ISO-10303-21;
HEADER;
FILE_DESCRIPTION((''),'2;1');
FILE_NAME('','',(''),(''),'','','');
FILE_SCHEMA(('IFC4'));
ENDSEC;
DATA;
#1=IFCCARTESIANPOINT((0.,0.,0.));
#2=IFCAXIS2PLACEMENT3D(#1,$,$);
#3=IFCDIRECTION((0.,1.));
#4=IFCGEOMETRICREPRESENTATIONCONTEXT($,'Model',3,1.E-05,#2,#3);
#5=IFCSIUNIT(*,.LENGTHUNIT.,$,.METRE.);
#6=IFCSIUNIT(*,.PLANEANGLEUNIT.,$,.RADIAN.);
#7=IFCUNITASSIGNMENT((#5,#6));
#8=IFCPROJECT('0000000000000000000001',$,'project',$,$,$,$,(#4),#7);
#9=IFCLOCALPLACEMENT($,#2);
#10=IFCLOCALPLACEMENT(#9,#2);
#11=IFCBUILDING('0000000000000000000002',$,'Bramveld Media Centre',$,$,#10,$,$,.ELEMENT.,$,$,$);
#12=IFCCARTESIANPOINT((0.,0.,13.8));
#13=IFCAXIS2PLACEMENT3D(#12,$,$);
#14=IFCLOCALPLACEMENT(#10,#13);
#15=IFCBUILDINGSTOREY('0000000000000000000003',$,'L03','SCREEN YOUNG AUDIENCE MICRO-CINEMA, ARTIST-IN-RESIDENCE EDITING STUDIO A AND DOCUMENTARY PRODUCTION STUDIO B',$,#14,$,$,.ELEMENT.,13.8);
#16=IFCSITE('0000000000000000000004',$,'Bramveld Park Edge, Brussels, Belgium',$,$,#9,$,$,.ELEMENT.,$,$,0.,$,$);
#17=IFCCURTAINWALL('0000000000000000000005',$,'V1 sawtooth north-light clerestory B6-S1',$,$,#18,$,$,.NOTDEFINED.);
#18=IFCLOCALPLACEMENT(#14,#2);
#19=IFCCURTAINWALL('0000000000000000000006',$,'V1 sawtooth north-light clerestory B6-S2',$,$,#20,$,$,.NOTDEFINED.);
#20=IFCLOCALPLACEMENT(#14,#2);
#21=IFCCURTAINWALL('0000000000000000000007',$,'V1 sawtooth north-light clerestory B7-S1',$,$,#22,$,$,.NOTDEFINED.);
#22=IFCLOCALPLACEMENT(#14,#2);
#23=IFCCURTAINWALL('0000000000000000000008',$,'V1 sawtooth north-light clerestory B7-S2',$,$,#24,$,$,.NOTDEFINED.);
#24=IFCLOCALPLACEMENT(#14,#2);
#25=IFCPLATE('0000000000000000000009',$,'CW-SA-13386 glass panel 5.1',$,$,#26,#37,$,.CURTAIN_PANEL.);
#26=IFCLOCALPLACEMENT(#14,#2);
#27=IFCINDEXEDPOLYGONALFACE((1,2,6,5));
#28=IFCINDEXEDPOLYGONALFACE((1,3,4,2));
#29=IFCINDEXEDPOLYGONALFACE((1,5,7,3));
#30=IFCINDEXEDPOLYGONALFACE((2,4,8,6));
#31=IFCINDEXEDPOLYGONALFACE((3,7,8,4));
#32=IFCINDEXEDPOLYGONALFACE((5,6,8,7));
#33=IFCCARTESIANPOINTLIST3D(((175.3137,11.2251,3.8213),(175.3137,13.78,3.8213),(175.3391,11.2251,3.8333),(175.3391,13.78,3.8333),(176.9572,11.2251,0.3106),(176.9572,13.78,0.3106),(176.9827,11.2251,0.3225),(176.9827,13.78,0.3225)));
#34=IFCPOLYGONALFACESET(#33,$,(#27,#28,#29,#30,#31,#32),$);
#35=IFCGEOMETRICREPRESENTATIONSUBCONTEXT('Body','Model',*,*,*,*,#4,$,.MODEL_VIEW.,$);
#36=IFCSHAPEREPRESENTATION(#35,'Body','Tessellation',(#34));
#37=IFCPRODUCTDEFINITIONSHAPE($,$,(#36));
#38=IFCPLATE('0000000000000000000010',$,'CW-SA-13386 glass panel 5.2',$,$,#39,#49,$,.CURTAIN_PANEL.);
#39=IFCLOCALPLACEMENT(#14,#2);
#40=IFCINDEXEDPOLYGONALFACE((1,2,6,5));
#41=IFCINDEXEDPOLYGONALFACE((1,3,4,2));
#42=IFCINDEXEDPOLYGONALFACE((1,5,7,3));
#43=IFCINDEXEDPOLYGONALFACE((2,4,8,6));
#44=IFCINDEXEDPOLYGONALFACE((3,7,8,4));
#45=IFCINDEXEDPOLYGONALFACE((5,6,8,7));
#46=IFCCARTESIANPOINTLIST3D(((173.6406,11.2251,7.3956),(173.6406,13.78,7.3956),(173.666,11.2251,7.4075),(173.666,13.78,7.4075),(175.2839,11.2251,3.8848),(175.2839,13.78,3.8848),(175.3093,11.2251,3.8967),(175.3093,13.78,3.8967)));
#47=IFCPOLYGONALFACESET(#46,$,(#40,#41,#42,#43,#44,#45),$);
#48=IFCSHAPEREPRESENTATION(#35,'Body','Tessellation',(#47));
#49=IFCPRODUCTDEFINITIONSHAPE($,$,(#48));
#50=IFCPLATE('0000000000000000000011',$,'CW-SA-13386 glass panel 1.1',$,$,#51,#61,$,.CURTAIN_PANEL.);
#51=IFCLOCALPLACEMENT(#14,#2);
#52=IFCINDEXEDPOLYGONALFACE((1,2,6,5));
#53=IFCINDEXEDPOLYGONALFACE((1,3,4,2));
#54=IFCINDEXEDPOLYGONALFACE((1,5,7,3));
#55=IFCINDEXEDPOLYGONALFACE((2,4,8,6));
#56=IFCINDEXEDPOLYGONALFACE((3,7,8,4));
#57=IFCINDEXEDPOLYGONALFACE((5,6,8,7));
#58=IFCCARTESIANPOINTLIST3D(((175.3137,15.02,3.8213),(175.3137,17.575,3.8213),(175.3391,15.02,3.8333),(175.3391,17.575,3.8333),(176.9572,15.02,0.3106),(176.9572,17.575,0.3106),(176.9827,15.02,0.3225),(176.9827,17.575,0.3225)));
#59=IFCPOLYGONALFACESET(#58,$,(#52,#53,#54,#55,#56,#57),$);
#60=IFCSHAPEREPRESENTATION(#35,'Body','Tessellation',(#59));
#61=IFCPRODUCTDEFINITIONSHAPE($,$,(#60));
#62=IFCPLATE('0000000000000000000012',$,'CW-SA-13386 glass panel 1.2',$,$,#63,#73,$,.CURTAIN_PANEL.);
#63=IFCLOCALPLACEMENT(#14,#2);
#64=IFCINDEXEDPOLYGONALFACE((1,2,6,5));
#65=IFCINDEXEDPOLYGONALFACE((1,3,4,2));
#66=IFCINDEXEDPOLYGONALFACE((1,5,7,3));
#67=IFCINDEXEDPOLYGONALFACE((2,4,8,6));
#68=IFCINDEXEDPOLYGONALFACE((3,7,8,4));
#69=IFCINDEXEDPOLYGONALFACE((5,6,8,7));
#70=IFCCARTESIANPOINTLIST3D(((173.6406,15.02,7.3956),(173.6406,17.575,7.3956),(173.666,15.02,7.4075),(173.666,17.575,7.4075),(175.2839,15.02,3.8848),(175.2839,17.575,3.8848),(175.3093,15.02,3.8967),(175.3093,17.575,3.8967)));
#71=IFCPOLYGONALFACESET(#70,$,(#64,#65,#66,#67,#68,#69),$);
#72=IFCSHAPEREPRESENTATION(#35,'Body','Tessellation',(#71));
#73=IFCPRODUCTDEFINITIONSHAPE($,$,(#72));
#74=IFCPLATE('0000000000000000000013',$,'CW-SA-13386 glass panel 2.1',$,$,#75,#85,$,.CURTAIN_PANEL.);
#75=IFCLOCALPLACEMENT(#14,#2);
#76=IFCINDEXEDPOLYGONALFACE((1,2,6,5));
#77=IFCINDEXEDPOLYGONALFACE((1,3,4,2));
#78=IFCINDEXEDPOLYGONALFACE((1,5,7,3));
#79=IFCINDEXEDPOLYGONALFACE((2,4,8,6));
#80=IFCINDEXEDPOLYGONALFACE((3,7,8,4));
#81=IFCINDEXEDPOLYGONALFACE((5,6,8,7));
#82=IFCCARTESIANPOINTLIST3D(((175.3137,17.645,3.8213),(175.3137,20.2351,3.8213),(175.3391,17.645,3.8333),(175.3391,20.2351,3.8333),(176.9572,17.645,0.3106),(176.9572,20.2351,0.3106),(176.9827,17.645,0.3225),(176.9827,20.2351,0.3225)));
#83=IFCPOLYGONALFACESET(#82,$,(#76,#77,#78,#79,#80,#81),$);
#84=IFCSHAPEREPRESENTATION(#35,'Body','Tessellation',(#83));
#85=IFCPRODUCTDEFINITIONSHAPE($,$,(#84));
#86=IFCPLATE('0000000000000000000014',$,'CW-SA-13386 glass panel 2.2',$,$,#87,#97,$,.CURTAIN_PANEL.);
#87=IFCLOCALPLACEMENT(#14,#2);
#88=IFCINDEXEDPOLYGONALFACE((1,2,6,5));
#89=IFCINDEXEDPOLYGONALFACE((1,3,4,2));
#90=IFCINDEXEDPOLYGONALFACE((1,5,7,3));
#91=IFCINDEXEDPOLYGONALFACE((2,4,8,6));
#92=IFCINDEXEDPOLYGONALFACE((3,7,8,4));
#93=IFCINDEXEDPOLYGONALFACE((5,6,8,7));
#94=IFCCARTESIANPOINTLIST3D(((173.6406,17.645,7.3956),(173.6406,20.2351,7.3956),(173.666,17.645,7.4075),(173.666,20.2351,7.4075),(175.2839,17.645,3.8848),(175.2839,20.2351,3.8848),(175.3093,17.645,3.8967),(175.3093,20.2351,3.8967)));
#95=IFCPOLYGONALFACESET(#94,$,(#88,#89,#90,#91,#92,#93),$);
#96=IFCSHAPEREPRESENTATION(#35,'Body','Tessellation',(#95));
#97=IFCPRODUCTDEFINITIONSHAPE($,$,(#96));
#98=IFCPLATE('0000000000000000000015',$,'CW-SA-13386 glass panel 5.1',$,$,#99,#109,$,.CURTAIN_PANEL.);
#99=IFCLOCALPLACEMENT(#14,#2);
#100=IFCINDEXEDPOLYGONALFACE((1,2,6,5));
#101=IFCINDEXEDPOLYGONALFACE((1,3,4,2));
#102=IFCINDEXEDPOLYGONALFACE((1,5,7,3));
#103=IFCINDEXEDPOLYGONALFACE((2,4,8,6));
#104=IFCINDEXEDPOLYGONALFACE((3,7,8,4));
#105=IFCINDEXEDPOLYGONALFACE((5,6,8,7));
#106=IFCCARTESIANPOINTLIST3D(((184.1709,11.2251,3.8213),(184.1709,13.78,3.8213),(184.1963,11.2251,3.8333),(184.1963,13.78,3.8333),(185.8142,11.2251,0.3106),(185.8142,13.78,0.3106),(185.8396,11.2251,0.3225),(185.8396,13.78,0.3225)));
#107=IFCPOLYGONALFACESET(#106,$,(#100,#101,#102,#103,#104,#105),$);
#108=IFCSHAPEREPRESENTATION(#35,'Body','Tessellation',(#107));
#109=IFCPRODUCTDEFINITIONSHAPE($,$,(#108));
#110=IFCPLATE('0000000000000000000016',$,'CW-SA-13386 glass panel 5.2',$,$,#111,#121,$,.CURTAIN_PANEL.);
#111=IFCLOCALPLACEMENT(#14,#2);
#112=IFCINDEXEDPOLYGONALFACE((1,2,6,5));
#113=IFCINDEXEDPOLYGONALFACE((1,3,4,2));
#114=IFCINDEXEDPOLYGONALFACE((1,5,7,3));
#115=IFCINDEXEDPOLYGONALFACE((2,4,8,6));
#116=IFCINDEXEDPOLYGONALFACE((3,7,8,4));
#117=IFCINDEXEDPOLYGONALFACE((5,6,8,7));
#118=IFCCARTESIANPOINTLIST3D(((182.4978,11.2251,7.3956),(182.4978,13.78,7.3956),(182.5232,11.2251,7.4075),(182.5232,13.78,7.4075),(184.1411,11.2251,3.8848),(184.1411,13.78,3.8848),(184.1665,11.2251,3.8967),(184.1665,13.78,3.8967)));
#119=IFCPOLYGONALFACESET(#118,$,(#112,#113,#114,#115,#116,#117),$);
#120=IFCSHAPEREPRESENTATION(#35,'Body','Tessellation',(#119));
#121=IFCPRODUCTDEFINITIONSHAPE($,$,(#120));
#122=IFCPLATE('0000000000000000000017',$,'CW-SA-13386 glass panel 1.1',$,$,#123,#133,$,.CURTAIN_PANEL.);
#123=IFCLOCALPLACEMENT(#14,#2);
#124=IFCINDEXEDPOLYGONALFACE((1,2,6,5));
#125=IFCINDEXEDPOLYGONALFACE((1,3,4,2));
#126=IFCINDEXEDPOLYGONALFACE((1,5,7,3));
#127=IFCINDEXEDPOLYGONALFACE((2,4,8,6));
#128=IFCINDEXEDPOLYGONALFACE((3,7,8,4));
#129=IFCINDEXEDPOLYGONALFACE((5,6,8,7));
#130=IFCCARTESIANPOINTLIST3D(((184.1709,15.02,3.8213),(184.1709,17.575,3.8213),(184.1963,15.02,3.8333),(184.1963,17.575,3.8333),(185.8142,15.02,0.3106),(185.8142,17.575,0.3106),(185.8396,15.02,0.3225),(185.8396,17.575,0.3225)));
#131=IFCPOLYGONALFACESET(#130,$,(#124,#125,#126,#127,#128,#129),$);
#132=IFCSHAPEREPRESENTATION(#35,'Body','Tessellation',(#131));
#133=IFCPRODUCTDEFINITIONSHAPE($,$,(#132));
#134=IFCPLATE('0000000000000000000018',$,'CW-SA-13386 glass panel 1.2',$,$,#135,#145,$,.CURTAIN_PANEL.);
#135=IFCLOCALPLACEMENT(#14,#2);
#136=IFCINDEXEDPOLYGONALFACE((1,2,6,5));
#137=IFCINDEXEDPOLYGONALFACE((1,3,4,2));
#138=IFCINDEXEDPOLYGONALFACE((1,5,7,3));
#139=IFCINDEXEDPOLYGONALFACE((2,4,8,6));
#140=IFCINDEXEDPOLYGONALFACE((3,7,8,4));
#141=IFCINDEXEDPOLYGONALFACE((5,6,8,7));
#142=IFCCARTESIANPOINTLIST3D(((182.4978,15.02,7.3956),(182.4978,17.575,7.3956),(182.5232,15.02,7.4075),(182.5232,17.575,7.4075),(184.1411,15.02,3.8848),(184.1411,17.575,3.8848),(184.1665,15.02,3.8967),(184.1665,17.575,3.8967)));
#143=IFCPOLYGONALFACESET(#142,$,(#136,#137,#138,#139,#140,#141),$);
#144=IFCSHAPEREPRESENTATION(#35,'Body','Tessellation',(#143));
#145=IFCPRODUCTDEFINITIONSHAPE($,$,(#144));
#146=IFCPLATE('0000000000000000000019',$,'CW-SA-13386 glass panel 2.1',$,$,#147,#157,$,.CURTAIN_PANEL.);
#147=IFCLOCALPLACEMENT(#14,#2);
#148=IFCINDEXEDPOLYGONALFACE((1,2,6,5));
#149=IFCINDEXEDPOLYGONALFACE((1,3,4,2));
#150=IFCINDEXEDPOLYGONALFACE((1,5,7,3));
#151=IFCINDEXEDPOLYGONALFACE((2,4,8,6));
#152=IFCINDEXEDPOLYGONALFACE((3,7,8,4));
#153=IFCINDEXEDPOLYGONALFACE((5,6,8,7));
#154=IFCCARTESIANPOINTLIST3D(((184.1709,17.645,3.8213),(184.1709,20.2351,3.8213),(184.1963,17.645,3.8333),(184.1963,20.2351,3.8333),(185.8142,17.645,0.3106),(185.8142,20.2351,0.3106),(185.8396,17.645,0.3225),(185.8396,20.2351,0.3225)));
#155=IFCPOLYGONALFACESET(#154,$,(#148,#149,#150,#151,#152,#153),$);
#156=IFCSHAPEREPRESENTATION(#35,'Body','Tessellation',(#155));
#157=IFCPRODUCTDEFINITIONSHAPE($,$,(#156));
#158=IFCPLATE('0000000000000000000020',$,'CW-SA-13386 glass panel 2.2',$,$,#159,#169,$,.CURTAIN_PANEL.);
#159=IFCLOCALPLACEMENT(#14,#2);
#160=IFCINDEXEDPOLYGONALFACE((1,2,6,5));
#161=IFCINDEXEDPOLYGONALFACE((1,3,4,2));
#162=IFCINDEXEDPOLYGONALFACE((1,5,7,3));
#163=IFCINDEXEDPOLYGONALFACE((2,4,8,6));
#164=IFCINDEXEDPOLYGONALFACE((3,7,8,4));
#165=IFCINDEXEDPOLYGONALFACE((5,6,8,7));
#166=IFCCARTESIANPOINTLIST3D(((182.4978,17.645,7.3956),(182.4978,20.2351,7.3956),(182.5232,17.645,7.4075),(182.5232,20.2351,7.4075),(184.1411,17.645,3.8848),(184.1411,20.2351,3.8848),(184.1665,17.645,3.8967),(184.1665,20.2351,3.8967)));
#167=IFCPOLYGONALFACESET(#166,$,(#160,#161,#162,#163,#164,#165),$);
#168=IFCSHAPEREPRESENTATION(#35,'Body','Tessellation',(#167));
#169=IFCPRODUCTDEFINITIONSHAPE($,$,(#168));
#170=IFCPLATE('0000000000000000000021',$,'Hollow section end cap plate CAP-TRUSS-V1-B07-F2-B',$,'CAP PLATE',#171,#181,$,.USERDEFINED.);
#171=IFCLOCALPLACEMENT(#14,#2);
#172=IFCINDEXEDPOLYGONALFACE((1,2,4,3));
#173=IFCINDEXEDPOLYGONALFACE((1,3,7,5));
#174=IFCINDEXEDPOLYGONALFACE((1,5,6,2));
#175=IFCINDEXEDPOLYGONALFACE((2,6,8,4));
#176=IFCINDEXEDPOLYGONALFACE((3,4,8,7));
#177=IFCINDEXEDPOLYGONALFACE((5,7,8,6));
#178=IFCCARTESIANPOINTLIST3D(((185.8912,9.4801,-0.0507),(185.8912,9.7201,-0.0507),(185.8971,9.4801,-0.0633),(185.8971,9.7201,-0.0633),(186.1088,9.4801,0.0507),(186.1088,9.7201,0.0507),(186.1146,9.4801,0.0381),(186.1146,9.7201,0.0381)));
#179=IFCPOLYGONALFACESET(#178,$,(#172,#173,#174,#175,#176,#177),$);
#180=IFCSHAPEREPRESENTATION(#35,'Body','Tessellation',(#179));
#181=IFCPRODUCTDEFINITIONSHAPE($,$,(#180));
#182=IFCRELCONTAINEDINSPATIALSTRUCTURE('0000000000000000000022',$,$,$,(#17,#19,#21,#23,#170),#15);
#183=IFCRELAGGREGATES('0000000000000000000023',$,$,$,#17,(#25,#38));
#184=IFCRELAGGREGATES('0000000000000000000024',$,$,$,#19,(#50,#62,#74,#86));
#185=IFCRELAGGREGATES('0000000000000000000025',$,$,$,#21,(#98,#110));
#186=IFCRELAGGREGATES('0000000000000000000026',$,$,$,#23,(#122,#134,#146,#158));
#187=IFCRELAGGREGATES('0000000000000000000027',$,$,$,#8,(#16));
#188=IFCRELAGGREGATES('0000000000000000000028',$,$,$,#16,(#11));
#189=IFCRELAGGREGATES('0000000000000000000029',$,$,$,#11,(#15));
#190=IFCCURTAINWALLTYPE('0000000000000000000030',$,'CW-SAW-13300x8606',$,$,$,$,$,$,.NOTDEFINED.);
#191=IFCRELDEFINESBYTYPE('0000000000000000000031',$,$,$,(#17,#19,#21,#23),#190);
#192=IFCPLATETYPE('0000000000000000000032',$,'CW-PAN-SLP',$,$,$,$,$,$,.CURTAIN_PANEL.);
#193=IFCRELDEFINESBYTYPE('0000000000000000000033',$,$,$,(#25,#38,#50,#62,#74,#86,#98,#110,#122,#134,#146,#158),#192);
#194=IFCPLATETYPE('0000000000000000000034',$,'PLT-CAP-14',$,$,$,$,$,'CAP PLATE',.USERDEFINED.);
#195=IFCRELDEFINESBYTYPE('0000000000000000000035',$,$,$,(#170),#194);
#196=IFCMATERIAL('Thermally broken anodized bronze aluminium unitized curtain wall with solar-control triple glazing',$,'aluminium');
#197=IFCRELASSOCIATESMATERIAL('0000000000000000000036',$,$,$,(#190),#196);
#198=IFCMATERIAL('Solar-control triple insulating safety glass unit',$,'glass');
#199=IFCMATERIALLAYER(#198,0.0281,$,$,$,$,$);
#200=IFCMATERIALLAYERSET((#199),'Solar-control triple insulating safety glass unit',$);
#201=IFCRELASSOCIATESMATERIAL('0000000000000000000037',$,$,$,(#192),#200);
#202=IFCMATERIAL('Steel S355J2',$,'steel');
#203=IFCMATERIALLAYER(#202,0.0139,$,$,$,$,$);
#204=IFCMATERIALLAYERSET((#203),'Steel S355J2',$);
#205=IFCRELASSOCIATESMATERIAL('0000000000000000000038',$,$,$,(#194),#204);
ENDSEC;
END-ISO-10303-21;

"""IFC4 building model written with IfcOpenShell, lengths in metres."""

from ifc_helpers import new_model, si_unit, direction, frame, origin, origin_2d, place, context, subcontext, project, spatial, polyline, rectangle, outline, extrude, material, layer, layer_set, type_object, element, aggregate, save


model = new_model("IFC4")

# Units and contexts
model_context = context("Model", 3, precision=1e-05, world=origin(), true_north=direction((0.0, 1.0)))
body_context = subcontext(model_context, "Body", "Model", "MODEL_VIEW")
ifc_project = project(units=[si_unit("LENGTHUNIT", "METRE"), si_unit("PLANEANGLEUNIT", "RADIAN")], contexts=[model_context])

# Site, building, storey
site_placement = place(None, origin())
site = spatial("IfcSite", under=ifc_project, at=site_placement, Name="Bramveld Park Edge, Brussels, Belgium", CompositionType="ELEMENT", RefElevation=0.0)
building_placement = place(site_placement, origin())
building = spatial("IfcBuilding", under=site, at=building_placement, Name="Bramveld Media Centre", CompositionType="ELEMENT")
storey_placement = place(building_placement, frame((0.0, 0.0, 13.8)))
storey = spatial("IfcBuildingStorey", under=building, at=storey_placement, Name="L03", Description="SCREEN YOUNG AUDIENCE MICRO-CINEMA, ARTIST-IN-RESIDENCE EDITING STUDIO A AND DOCUMENTARY PRODUCTION STUDIO B", CompositionType="ELEMENT", Elevation=13.8)

# Curtain walls
ifc_material_1 = material(Name="Thermally broken anodized bronze aluminium unitized curtain wall with solar-control triple glazing", Category="aluminium")
curtain_wall_type = type_object("IfcCurtainWallType", Name="CW-SAW-13300x8606", PredefinedType="NOTDEFINED", material=ifc_material_1)
curtain_wall_1_placement = place(storey_placement, origin())
curtain_wall_1 = element("IfcCurtainWall", 1, at=curtain_wall_1_placement, inside=storey, type_object=curtain_wall_type, Name="V1 sawtooth north-light clerestory B6-S1", PredefinedType="NOTDEFINED")
curtain_wall_2_placement = place(storey_placement, origin())
curtain_wall_2 = element("IfcCurtainWall", 2, at=curtain_wall_2_placement, inside=storey, type_object=curtain_wall_type, Name="V1 sawtooth north-light clerestory B6-S2", PredefinedType="NOTDEFINED")
curtain_wall_3_placement = place(storey_placement, origin())
curtain_wall_3 = element("IfcCurtainWall", 3, at=curtain_wall_3_placement, inside=storey, type_object=curtain_wall_type, Name="V1 sawtooth north-light clerestory B7-S1", PredefinedType="NOTDEFINED")
curtain_wall_4_placement = place(storey_placement, origin())
curtain_wall_4 = element("IfcCurtainWall", 4, at=curtain_wall_4_placement, inside=storey, type_object=curtain_wall_type, Name="V1 sawtooth north-light clerestory B7-S2", PredefinedType="NOTDEFINED")

# Plates
ifc_material_2 = material(Name="Solar-control triple insulating safety glass unit", Category="glass")
ifc_layer_1 = layer(ifc_material_2, 0.0281)
ifc_layer_set_1 = layer_set([ifc_layer_1], Name="Solar-control triple insulating safety glass unit")
plate_type_1 = type_object("IfcPlateType", Name="CW-PAN-SLP", PredefinedType="CURTAIN_PANEL", material=ifc_layer_set_1)
plate_1_placement = place(storey_placement, frame((176.9827, 11.2251, 0.3225), z_axis=(0.905668, 0.0, 0.423988), x_axis=(0.0, 1.0, 0.0)))
plate_1 = element("IfcPlate", 5, at=plate_1_placement, type_object=plate_type_1, Name="CW-SA-13386 glass panel 5.1", PredefinedType="CURTAIN_PANEL", context=body_context, shape_type="SweptSolid", body=[
    extrude(outline(polyline([(0.0, 0.0), (2.5549, 0.0), (2.5549, 3.8764), (0.0, 3.8764), (0.0, 0.0)])), origin(), (0.0, 0.0, -1.0), 0.0281),
])
plate_2_placement = place(storey_placement, frame((175.3093, 11.2251, 3.8967), z_axis=(0.905692, 0.0, 0.423937), x_axis=(0.0, 1.0, 0.0)))
plate_2 = element("IfcPlate", 6, at=plate_2_placement, type_object=plate_type_1, Name="CW-SA-13386 glass panel 5.2", PredefinedType="CURTAIN_PANEL", context=body_context, shape_type="SweptSolid", body=[
    extrude(outline(polyline([(0.0, 0.0), (2.5549, 0.0), (2.5549, 3.8763), (0.0, 3.8763), (0.0, 0.0)])), origin(), (0.0, 0.0, -1.0), 0.0281),
])
aggregate(curtain_wall_1, [plate_1, plate_2])
plate_3_placement = place(storey_placement, frame((176.9827, 15.02, 0.3225), z_axis=(0.905668, 0.0, 0.423988), x_axis=(0.0, 1.0, 0.0)))
plate_3 = element("IfcPlate", 7, at=plate_3_placement, type_object=plate_type_1, Name="CW-SA-13386 glass panel 1.1", PredefinedType="CURTAIN_PANEL", context=body_context, shape_type="SweptSolid", body=[
    extrude(outline(polyline([(0.0, 0.0), (2.5549, 0.0), (2.5549, 3.8764), (0.0, 3.8764), (0.0, 0.0)])), origin(), (0.0, 0.0, -1.0), 0.0281),
])
plate_4_placement = place(storey_placement, frame((175.3093, 15.02, 3.8967), z_axis=(0.905692, 0.0, 0.423937), x_axis=(0.0, 1.0, 0.0)))
plate_4 = element("IfcPlate", 8, at=plate_4_placement, type_object=plate_type_1, Name="CW-SA-13386 glass panel 1.2", PredefinedType="CURTAIN_PANEL", context=body_context, shape_type="SweptSolid", body=[
    extrude(outline(polyline([(0.0, 0.0), (2.5549, 0.0), (2.5549, 3.8763), (0.0, 3.8763), (0.0, 0.0)])), origin(), (0.0, 0.0, -1.0), 0.0281),
])
plate_5_placement = place(storey_placement, frame((176.9827, 17.645, 0.3225), z_axis=(0.905668, 0.0, 0.423988), x_axis=(0.0, 1.0, 0.0)))
plate_5 = element("IfcPlate", 9, at=plate_5_placement, type_object=plate_type_1, Name="CW-SA-13386 glass panel 2.1", PredefinedType="CURTAIN_PANEL", context=body_context, shape_type="SweptSolid", body=[
    extrude(outline(polyline([(0.0, 0.0), (2.5901, 0.0), (2.5901, 3.8764), (0.0, 3.8764), (0.0, 0.0)])), origin(), (0.0, 0.0, -1.0), 0.0281),
])
plate_6_placement = place(storey_placement, frame((175.3093, 17.645, 3.8967), z_axis=(0.905692, 0.0, 0.423937), x_axis=(0.0, 1.0, 0.0)))
plate_6 = element("IfcPlate", 10, at=plate_6_placement, type_object=plate_type_1, Name="CW-SA-13386 glass panel 2.2", PredefinedType="CURTAIN_PANEL", context=body_context, shape_type="SweptSolid", body=[
    extrude(outline(polyline([(0.0, 0.0), (2.5901, 0.0), (2.5901, 3.8763), (0.0, 3.8763), (0.0, 0.0)])), origin(), (0.0, 0.0, -1.0), 0.0281),
])
aggregate(curtain_wall_2, [plate_3, plate_4, plate_5, plate_6])
plate_7_placement = place(storey_placement, frame((185.8396, 11.2251, 0.3225), z_axis=(0.905692, 0.0, 0.423937), x_axis=(0.0, 1.0, 0.0)))
plate_7 = element("IfcPlate", 11, at=plate_7_placement, type_object=plate_type_1, Name="CW-SA-13386 glass panel 5.1", PredefinedType="CURTAIN_PANEL", context=body_context, shape_type="SweptSolid", body=[
    extrude(outline(polyline([(0.0, 0.0), (2.5549, 0.0), (2.5549, 3.8763), (0.0, 3.8763), (0.0, 0.0)])), origin(), (0.0, 0.0, -1.0), 0.0281),
])
plate_8_placement = place(storey_placement, frame((184.1665, 11.2251, 3.8967), z_axis=(0.905692, 0.0, 0.423937), x_axis=(0.0, 1.0, 0.0)))
plate_8 = element("IfcPlate", 12, at=plate_8_placement, type_object=plate_type_1, Name="CW-SA-13386 glass panel 5.2", PredefinedType="CURTAIN_PANEL", context=body_context, shape_type="SweptSolid", body=[
    extrude(outline(polyline([(0.0, 0.0), (2.5549, 0.0), (2.5549, 3.8763), (0.0, 3.8763), (0.0, 0.0)])), origin(), (0.0, 0.0, -1.0), 0.0281),
])
aggregate(curtain_wall_3, [plate_7, plate_8])
plate_9_placement = place(storey_placement, frame((185.8396, 15.02, 0.3225), z_axis=(0.905692, 0.0, 0.423937), x_axis=(0.0, 1.0, 0.0)))
plate_9 = element("IfcPlate", 13, at=plate_9_placement, type_object=plate_type_1, Name="CW-SA-13386 glass panel 1.1", PredefinedType="CURTAIN_PANEL", context=body_context, shape_type="SweptSolid", body=[
    extrude(outline(polyline([(0.0, 0.0), (2.5549, 0.0), (2.5549, 3.8763), (0.0, 3.8763), (0.0, 0.0)])), origin(), (0.0, 0.0, -1.0), 0.0281),
])
plate_10_placement = place(storey_placement, frame((184.1665, 15.02, 3.8967), z_axis=(0.905692, 0.0, 0.423937), x_axis=(0.0, 1.0, 0.0)))
plate_10 = element("IfcPlate", 14, at=plate_10_placement, type_object=plate_type_1, Name="CW-SA-13386 glass panel 1.2", PredefinedType="CURTAIN_PANEL", context=body_context, shape_type="SweptSolid", body=[
    extrude(outline(polyline([(0.0, 0.0), (2.5549, 0.0), (2.5549, 3.8763), (0.0, 3.8763), (0.0, 0.0)])), origin(), (0.0, 0.0, -1.0), 0.0281),
])
plate_11_placement = place(storey_placement, frame((185.8396, 17.645, 0.3225), z_axis=(0.905692, 0.0, 0.423937), x_axis=(0.0, 1.0, 0.0)))
plate_11 = element("IfcPlate", 15, at=plate_11_placement, type_object=plate_type_1, Name="CW-SA-13386 glass panel 2.1", PredefinedType="CURTAIN_PANEL", context=body_context, shape_type="SweptSolid", body=[
    extrude(outline(polyline([(0.0, 0.0), (2.5901, 0.0), (2.5901, 3.8763), (0.0, 3.8763), (0.0, 0.0)])), origin(), (0.0, 0.0, -1.0), 0.0281),
])
plate_12_placement = place(storey_placement, frame((184.1665, 17.645, 3.8967), z_axis=(0.905692, 0.0, 0.423937), x_axis=(0.0, 1.0, 0.0)))
plate_12 = element("IfcPlate", 16, at=plate_12_placement, type_object=plate_type_1, Name="CW-SA-13386 glass panel 2.2", PredefinedType="CURTAIN_PANEL", context=body_context, shape_type="SweptSolid", body=[
    extrude(outline(polyline([(0.0, 0.0), (2.5901, 0.0), (2.5901, 3.8763), (0.0, 3.8763), (0.0, 0.0)])), origin(), (0.0, 0.0, -1.0), 0.0281),
])
aggregate(curtain_wall_4, [plate_9, plate_10, plate_11, plate_12])
ifc_material_3 = material(Name="Steel S355J2", Category="steel")
ifc_layer_2 = layer(ifc_material_3, 0.0139)
ifc_layer_set_2 = layer_set([ifc_layer_2], Name="Steel S355J2")
plate_type_2 = type_object("IfcPlateType", Name="PLT-CAP-14", ElementType="CAP PLATE", PredefinedType="USERDEFINED", material=ifc_layer_set_2)
plate_13_placement = place(storey_placement, frame((186.0, 9.6001, 0.0), z_axis=(0.422618, 0.0, -0.906308), x_axis=(0.0, 1.0, 0.0)))
element("IfcPlate", 17, at=plate_13_placement, inside=storey, type_object=plate_type_2, Name="Hollow section end cap plate CAP-TRUSS-V1-B07-F2-B", ObjectType="CAP PLATE", PredefinedType="USERDEFINED", context=body_context, shape_type="SweptSolid", body=[
    extrude(rectangle(XDim=0.24, YDim=0.24, at=origin_2d()), origin(), (0.0, 0.0, 1.0), 0.0139),
])

save(model, "model.ifc")
